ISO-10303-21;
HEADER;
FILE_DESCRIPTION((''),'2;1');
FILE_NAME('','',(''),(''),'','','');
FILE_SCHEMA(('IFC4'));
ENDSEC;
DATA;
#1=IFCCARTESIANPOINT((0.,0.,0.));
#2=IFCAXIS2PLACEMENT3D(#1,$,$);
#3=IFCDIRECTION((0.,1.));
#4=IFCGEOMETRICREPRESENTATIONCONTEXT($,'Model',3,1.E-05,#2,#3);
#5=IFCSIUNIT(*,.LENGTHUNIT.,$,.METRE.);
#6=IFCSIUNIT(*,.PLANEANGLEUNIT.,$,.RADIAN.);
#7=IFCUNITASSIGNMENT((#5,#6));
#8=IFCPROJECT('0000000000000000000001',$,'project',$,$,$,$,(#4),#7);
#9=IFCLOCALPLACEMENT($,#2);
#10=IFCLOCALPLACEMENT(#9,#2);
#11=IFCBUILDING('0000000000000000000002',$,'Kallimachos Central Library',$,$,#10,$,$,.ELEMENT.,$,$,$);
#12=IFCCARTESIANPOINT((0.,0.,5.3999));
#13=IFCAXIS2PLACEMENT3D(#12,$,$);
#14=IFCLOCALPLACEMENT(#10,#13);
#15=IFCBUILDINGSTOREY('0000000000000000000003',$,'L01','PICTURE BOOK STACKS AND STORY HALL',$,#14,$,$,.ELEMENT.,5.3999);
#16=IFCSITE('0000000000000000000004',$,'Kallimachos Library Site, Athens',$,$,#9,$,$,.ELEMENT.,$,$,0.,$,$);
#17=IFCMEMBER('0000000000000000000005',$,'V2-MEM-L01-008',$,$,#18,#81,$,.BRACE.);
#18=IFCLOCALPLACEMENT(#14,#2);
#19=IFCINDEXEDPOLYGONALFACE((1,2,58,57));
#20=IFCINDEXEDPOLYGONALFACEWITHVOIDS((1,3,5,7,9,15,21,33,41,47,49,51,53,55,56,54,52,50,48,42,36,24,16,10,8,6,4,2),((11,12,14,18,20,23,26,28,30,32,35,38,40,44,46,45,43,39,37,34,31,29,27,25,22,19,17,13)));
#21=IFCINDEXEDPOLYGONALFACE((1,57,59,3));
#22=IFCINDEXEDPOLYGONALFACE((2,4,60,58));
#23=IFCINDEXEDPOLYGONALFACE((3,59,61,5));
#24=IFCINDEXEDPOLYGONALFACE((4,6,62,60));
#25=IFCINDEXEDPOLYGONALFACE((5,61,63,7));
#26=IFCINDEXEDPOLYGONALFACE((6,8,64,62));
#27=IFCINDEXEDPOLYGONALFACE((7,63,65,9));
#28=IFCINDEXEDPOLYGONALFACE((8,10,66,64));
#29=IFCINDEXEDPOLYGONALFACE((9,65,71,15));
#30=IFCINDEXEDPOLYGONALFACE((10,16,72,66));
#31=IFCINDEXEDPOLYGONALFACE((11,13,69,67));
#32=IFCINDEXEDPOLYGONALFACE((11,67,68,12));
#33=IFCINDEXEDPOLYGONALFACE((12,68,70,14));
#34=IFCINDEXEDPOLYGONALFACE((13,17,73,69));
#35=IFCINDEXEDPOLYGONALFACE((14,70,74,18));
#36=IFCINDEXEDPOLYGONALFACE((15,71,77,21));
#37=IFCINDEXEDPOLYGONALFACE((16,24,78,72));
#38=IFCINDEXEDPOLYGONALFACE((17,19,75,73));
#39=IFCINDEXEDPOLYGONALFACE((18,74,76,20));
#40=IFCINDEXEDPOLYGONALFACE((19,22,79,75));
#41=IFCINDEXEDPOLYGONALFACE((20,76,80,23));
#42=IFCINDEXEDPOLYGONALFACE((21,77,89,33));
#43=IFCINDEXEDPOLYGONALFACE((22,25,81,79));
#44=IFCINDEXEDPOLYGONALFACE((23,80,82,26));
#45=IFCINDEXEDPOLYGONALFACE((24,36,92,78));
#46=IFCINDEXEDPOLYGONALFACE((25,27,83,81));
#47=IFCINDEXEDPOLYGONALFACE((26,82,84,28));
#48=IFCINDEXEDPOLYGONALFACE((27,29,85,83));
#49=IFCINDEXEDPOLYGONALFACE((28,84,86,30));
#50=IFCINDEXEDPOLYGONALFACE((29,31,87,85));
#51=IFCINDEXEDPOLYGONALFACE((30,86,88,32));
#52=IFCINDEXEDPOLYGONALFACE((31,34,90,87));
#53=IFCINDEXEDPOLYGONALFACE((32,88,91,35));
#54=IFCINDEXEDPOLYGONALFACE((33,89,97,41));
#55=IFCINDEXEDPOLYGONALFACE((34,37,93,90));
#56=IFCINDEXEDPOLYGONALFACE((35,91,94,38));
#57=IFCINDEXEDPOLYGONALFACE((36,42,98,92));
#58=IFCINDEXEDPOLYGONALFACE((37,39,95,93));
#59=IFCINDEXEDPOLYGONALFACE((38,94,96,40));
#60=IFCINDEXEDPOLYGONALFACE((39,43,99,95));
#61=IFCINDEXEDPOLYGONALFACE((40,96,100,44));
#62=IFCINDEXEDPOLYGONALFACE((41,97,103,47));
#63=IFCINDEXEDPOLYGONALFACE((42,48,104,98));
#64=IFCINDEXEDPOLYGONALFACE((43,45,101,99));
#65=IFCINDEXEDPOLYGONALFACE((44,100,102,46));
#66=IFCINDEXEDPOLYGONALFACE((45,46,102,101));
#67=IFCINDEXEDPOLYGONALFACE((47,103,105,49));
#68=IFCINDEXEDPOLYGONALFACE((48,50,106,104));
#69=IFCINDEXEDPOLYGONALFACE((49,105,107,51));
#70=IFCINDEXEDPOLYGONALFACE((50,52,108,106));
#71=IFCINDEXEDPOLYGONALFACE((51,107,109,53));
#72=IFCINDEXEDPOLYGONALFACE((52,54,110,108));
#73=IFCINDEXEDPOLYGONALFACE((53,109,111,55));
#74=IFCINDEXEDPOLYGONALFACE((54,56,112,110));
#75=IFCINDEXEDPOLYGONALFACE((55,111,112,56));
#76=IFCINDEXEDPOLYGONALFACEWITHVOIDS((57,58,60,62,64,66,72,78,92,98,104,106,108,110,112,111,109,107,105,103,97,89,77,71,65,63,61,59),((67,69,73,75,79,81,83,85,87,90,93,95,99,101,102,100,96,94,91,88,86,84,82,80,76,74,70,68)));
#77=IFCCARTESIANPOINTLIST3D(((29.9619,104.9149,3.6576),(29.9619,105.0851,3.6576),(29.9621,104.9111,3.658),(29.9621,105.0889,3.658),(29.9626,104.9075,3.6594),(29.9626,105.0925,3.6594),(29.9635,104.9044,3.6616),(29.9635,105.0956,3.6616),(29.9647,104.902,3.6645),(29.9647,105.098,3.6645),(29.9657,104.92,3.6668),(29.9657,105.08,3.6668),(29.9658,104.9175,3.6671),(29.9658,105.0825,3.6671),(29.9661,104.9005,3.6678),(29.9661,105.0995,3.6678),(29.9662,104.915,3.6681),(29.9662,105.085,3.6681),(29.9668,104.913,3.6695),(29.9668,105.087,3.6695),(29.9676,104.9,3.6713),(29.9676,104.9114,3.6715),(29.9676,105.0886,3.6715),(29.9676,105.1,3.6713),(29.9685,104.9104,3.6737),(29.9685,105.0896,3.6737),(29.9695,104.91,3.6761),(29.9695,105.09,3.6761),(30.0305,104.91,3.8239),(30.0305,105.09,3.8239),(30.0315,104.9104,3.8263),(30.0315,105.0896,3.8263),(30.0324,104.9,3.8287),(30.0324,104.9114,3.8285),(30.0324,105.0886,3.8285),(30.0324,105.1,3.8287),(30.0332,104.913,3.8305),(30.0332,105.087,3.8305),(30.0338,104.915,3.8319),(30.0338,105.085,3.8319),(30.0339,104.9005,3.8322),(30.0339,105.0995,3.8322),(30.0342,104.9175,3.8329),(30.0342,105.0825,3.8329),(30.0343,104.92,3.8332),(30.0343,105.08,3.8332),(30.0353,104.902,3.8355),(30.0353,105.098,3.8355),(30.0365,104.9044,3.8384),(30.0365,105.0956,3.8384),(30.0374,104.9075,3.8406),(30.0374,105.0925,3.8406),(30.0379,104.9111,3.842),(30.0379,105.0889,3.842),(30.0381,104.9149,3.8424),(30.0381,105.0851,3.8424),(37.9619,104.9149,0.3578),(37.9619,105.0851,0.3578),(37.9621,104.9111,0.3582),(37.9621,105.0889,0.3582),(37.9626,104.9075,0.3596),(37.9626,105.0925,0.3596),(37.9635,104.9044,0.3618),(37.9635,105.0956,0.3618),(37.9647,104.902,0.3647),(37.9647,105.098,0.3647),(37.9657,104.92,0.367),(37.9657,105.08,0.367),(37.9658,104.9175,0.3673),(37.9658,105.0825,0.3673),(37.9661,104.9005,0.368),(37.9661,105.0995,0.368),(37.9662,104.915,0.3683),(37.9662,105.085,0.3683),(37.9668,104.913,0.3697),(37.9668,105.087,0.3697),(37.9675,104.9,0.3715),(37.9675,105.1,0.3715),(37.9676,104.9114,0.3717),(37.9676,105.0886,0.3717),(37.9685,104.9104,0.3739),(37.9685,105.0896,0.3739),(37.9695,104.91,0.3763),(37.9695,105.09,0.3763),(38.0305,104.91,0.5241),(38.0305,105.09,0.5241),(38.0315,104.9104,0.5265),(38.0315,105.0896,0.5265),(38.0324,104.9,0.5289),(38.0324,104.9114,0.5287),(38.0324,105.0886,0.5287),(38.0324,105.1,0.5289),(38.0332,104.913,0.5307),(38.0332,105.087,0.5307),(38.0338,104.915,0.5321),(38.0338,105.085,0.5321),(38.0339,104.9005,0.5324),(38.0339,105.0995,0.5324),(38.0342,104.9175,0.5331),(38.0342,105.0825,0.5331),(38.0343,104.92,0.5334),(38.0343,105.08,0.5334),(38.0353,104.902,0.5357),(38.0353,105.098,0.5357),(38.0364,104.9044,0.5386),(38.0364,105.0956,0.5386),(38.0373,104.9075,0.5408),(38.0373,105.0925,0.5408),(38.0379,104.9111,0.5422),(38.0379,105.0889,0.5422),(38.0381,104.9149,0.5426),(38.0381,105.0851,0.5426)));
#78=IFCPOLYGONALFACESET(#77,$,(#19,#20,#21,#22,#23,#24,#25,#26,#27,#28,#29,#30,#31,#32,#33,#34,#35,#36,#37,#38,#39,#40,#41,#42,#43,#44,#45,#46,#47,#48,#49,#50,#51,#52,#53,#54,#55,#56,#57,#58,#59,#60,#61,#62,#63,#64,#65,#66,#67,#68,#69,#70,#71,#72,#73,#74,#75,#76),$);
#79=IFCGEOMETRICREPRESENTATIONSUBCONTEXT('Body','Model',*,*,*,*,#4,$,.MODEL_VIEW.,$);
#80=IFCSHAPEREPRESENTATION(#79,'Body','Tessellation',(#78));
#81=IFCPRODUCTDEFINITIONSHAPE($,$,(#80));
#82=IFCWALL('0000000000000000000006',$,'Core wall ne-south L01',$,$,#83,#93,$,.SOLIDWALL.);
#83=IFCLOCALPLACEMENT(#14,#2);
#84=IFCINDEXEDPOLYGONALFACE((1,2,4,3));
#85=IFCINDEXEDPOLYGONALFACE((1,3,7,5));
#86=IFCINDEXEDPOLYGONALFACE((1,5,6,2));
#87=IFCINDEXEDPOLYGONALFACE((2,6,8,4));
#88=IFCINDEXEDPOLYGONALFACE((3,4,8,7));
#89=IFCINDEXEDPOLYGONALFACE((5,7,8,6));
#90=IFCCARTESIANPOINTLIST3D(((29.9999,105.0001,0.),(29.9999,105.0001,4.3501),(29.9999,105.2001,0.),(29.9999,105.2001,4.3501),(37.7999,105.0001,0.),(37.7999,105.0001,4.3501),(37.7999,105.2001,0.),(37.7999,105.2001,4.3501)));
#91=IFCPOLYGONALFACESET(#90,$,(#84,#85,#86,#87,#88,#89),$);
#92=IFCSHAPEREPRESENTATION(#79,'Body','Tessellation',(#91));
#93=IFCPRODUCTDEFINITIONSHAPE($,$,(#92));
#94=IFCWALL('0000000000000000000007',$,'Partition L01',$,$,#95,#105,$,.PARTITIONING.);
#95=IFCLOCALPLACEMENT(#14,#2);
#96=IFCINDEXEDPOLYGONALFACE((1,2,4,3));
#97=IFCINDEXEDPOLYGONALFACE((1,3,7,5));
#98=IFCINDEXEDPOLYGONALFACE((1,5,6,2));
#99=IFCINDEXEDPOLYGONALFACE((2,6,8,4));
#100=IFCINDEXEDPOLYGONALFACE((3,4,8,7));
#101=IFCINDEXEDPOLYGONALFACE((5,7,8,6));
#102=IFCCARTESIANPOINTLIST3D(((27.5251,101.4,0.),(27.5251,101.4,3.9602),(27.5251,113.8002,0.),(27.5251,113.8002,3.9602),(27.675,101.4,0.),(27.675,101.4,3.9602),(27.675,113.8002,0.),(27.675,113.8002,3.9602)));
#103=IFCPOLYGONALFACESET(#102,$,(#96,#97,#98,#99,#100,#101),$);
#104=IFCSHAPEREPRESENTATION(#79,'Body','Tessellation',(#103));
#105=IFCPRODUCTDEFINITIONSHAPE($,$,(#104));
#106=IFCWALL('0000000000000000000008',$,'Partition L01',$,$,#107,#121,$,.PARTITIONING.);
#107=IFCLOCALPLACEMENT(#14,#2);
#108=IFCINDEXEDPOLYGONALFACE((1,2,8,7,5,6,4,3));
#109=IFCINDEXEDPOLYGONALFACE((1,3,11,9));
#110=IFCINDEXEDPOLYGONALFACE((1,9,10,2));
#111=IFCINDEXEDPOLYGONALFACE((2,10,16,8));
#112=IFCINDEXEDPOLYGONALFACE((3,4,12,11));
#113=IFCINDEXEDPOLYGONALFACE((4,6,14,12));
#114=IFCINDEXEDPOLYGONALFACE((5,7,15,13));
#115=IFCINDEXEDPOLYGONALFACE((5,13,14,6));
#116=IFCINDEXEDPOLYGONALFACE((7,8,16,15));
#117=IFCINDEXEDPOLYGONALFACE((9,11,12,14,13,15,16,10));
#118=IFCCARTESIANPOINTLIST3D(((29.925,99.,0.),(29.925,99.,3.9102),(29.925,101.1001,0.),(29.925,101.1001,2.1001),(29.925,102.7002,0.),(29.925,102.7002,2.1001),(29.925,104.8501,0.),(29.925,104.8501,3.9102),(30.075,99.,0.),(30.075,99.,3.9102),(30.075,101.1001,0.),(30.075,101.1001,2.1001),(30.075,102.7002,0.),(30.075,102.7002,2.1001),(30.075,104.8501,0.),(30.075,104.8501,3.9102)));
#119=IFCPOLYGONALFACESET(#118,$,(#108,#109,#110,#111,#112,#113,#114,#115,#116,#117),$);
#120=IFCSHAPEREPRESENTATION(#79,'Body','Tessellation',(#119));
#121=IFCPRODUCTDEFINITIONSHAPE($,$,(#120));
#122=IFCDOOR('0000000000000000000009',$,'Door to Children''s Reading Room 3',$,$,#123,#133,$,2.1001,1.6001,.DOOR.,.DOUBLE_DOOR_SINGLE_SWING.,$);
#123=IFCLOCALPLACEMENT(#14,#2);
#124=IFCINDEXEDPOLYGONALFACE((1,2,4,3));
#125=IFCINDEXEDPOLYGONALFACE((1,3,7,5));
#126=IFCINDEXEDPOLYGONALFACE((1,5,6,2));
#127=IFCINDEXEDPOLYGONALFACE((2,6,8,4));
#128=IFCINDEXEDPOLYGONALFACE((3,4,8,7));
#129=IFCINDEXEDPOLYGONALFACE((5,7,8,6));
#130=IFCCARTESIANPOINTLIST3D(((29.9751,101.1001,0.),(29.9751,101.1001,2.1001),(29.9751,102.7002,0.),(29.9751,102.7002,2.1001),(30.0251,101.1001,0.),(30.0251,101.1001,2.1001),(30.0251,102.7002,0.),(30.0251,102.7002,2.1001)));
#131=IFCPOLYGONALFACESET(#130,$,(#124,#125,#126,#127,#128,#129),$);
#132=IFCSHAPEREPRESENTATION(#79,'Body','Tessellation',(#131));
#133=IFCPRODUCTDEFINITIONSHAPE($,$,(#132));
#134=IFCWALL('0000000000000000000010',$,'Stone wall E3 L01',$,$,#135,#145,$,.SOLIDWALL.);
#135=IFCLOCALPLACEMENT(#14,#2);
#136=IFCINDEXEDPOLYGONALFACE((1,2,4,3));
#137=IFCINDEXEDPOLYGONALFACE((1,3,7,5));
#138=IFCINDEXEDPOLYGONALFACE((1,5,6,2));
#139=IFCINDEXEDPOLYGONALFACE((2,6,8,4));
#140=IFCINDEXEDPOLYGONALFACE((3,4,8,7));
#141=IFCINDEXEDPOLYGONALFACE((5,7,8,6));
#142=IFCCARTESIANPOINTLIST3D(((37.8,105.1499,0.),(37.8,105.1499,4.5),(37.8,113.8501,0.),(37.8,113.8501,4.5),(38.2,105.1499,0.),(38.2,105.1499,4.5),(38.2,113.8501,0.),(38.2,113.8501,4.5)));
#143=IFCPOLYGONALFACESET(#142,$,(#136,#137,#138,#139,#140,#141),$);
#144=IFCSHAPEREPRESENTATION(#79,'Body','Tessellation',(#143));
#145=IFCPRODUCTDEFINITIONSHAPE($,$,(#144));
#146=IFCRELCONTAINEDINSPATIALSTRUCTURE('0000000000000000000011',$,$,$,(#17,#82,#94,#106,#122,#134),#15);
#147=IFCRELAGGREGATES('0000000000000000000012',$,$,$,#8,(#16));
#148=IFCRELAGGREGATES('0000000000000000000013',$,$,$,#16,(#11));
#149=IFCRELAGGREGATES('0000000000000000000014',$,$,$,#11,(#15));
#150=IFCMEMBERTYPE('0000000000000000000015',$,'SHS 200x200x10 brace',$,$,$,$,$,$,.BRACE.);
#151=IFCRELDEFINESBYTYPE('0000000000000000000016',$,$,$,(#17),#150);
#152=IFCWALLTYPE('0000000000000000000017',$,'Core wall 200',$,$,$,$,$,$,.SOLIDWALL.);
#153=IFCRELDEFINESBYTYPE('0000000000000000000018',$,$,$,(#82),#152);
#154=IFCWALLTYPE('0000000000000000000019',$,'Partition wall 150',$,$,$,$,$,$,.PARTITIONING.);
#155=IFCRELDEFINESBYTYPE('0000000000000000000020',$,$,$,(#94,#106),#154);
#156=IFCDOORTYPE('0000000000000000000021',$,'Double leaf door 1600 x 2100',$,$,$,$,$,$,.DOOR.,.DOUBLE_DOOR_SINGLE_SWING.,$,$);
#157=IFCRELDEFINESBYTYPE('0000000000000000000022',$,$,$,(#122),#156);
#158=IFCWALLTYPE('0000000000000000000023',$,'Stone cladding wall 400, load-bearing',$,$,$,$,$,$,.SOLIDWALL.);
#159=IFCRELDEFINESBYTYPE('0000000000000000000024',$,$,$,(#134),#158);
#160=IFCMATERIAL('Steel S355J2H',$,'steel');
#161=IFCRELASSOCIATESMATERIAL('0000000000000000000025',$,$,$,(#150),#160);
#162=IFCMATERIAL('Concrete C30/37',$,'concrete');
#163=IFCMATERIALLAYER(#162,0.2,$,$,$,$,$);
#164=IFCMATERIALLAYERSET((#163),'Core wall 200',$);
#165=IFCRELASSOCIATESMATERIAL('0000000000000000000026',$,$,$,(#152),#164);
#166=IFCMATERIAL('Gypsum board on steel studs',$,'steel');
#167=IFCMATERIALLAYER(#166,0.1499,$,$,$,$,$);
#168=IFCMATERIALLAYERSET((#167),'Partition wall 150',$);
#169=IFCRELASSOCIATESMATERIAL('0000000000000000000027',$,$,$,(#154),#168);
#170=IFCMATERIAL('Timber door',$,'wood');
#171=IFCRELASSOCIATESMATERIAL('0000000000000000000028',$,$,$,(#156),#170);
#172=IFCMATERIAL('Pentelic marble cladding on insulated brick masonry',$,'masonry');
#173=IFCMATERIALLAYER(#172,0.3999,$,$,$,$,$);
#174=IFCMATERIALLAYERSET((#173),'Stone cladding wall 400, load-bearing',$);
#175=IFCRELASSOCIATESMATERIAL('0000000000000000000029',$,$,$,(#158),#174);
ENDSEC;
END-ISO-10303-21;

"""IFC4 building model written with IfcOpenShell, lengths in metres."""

from ifc_helpers import new_model, si_unit, direction, frame, frame_2d, origin, origin_2d, place, context, subcontext, project, spatial, rectangle, hollow_rectangle, extrude, material, layer, layer_set, material_profile, profile_set, type_object, element, fill, save


model = new_model("IFC4")

# Units and contexts
model_context = context("Model", 3, precision=1e-05, world=origin(), true_north=direction((0.0, 1.0)))
body_context = subcontext(model_context, "Body", "Model", "MODEL_VIEW")
ifc_project = project(units=[si_unit("LENGTHUNIT", "METRE"), si_unit("PLANEANGLEUNIT", "RADIAN")], contexts=[model_context])

# Site, building, storey
site_placement = place(None, origin())
site = spatial("IfcSite", under=ifc_project, at=site_placement, Name="Kallimachos Library Site, Athens", CompositionType="ELEMENT", RefElevation=0.0)
building_placement = place(site_placement, origin())
building = spatial("IfcBuilding", under=site, at=building_placement, Name="Kallimachos Central Library", CompositionType="ELEMENT")
storey_placement = place(building_placement, frame((0.0, 0.0, 5.3999)))
storey = spatial("IfcBuildingStorey", under=building, at=storey_placement, Name="L01", Description="PICTURE BOOK STACKS AND STORY HALL", CompositionType="ELEMENT", Elevation=5.3999)

# Member
ifc_material_1 = material(Name="Steel S355J2H", Category="steel")
ifc_material_profile_1 = material_profile(ifc_material_1, hollow_rectangle(XDim=0.2, YDim=0.2, WallThickness=0.01, InnerFilletRadius=0.01, OuterFilletRadius=0.0149, at=origin_2d()), Name="SHS 200x200x10")
ifc_profile_set_1 = profile_set([ifc_material_profile_1], Name="Steel S355J2H")
member_type = type_object("IfcMemberType", Name="SHS 200x200x10 brace", PredefinedType="BRACE", material=ifc_profile_set_1)
for number, where, z_axis, x_axis, name in (
    (1, (30.0, 105.0, 3.75), (0.924447, 0.0, -0.381312), (0.0, 1.0, 0.0), "V2-MEM-L01-008"),
):
    element("IfcMember", number, at=place(storey_placement, frame(where, z_axis=z_axis, x_axis=x_axis)), inside=storey, type_object=member_type, Name=name, PredefinedType="BRACE", context=body_context, shape_type="SweptSolid", body=[
        extrude(hollow_rectangle(XDim=0.2, YDim=0.2, WallThickness=0.01, InnerFilletRadius=0.01, OuterFilletRadius=0.0149, at=origin_2d()), origin(), (0.0, 0.0, 1.0), 8.6538),
    ])

# Walls
ifc_material_2 = material(Name="Concrete C30/37", Category="concrete")
ifc_layer_1 = layer(ifc_material_2, 0.2)
ifc_layer_set_1 = layer_set([ifc_layer_1], Name="Core wall 200")
wall_type_1 = type_object("IfcWallType", Name="Core wall 200", PredefinedType="SOLIDWALL", material=ifc_layer_set_1)
wall_1_placement = place(storey_placement, frame((30.0, 105.1001, 0.0), z_axis=(0.0, 0.0, 1.0), x_axis=(1.0, 0.0, 0.0)))
element("IfcWall", 2, at=wall_1_placement, inside=storey, type_object=wall_type_1, Name="Core wall ne-south L01", PredefinedType="SOLIDWALL", context=body_context, shape_type="SweptSolid", body=[
    extrude(rectangle(XDim=7.8, YDim=0.2, at=frame_2d((3.8999, 0.0))), origin(), (0.0, 0.0, 1.0), 4.3501),
])
ifc_material_3 = material(Name="Gypsum board on steel studs", Category="steel")
ifc_layer_2 = layer(ifc_material_3, 0.1499)
ifc_layer_set_2 = layer_set([ifc_layer_2], Name="Partition wall 150")
wall_type_2 = type_object("IfcWallType", Name="Partition wall 150", PredefinedType="PARTITIONING", material=ifc_layer_set_2)
wall_2_placement = place(storey_placement, frame((27.6001, 101.3999, 0.0), z_axis=(0.0, 0.0, 1.0), x_axis=(0.0, 1.0, 0.0)))
element("IfcWall", 3, at=wall_2_placement, inside=storey, type_object=wall_type_2, Name="Partition L01", PredefinedType="PARTITIONING", context=body_context, shape_type="SweptSolid", body=[
    extrude(rectangle(XDim=12.4001, YDim=0.1499, at=frame_2d((6.2002, 0.0))), origin(), (0.0, 0.0, 1.0), 3.9602),
])

# Wall, opening, door
wall_3_placement = place(storey_placement, frame((30.0, 99.0, 0.0), z_axis=(0.0, 0.0, 1.0), x_axis=(0.0, 1.0, 0.0)))
wall_3 = element("IfcWall", 4, at=wall_3_placement, inside=storey, type_object=wall_type_2, Name="Partition L01", PredefinedType="PARTITIONING", context=body_context, shape_type="SweptSolid", body=[
    extrude(rectangle(XDim=5.8501, YDim=0.1499, at=frame_2d((2.925, 0.0))), origin(), (0.0, 0.0, 1.0), 3.9102),
])
opening_1_placement = place(wall_3_placement, frame((2.1001, 0.0, 0.0)))
opening_1 = element("IfcOpeningElement", 5, at=opening_1_placement, cuts=wall_3, PredefinedType="OPENING", context=body_context, shape_type="SweptSolid", body=[
    extrude(rectangle(XDim=1.6001, YDim=2.1001, at=frame_2d((0.8, 1.05))), frame((0.0, 0.085, 0.0), z_axis=(0.0, -1.0, 0.0), x_axis=(1.0, 0.0, 0.0)), (0.0, 0.0, 1.0), 0.1699),
])
ifc_material_4 = material(Name="Timber door", Category="wood")
door_type = type_object("IfcDoorType", Name="Double leaf door 1600 x 2100", OperationType="DOUBLE_DOOR_SINGLE_SWING", PredefinedType="DOOR", material=ifc_material_4)
door_placement = place(opening_1_placement, origin())
door = element("IfcDoor", 6, at=door_placement, inside=storey, type_object=door_type, Name="Door to Children's Reading Room 3", OperationType="DOUBLE_DOOR_SINGLE_SWING", OverallHeight=2.1001, OverallWidth=1.6001, PredefinedType="DOOR", context=body_context, shape_type="SweptSolid", body=[
    extrude(rectangle(XDim=1.6001, YDim=2.1001, at=frame_2d((0.8, 1.05))), frame((0.0, 0.0249, 0.0), z_axis=(0.0, -1.0, 0.0), x_axis=(1.0, 0.0, 0.0)), (0.0, 0.0, 1.0), 0.05),
])
fill(opening_1, door)

# Wall
ifc_material_5 = material(Name="Pentelic marble cladding on insulated brick masonry", Category="masonry")
ifc_layer_3 = layer(ifc_material_5, 0.3999)
ifc_layer_set_3 = layer_set([ifc_layer_3], Name="Stone cladding wall 400, load-bearing")
wall_type_3 = type_object("IfcWallType", Name="Stone cladding wall 400, load-bearing", PredefinedType="SOLIDWALL", material=ifc_layer_set_3)
wall_4_placement = place(storey_placement, frame((38.0, 105.1499, 0.0), z_axis=(0.0, 0.0, 1.0), x_axis=(0.0, 1.0, 0.0)))
element("IfcWall", 7, at=wall_4_placement, inside=storey, type_object=wall_type_3, Name="Stone wall E3 L01", PredefinedType="SOLIDWALL", context=body_context, shape_type="SweptSolid", body=[
    extrude(rectangle(XDim=8.7002, YDim=0.3999, at=frame_2d((4.3501, 0.0))), origin(), (0.0, 0.0, 1.0), 4.5),
])

save(model, "model.ifc")
